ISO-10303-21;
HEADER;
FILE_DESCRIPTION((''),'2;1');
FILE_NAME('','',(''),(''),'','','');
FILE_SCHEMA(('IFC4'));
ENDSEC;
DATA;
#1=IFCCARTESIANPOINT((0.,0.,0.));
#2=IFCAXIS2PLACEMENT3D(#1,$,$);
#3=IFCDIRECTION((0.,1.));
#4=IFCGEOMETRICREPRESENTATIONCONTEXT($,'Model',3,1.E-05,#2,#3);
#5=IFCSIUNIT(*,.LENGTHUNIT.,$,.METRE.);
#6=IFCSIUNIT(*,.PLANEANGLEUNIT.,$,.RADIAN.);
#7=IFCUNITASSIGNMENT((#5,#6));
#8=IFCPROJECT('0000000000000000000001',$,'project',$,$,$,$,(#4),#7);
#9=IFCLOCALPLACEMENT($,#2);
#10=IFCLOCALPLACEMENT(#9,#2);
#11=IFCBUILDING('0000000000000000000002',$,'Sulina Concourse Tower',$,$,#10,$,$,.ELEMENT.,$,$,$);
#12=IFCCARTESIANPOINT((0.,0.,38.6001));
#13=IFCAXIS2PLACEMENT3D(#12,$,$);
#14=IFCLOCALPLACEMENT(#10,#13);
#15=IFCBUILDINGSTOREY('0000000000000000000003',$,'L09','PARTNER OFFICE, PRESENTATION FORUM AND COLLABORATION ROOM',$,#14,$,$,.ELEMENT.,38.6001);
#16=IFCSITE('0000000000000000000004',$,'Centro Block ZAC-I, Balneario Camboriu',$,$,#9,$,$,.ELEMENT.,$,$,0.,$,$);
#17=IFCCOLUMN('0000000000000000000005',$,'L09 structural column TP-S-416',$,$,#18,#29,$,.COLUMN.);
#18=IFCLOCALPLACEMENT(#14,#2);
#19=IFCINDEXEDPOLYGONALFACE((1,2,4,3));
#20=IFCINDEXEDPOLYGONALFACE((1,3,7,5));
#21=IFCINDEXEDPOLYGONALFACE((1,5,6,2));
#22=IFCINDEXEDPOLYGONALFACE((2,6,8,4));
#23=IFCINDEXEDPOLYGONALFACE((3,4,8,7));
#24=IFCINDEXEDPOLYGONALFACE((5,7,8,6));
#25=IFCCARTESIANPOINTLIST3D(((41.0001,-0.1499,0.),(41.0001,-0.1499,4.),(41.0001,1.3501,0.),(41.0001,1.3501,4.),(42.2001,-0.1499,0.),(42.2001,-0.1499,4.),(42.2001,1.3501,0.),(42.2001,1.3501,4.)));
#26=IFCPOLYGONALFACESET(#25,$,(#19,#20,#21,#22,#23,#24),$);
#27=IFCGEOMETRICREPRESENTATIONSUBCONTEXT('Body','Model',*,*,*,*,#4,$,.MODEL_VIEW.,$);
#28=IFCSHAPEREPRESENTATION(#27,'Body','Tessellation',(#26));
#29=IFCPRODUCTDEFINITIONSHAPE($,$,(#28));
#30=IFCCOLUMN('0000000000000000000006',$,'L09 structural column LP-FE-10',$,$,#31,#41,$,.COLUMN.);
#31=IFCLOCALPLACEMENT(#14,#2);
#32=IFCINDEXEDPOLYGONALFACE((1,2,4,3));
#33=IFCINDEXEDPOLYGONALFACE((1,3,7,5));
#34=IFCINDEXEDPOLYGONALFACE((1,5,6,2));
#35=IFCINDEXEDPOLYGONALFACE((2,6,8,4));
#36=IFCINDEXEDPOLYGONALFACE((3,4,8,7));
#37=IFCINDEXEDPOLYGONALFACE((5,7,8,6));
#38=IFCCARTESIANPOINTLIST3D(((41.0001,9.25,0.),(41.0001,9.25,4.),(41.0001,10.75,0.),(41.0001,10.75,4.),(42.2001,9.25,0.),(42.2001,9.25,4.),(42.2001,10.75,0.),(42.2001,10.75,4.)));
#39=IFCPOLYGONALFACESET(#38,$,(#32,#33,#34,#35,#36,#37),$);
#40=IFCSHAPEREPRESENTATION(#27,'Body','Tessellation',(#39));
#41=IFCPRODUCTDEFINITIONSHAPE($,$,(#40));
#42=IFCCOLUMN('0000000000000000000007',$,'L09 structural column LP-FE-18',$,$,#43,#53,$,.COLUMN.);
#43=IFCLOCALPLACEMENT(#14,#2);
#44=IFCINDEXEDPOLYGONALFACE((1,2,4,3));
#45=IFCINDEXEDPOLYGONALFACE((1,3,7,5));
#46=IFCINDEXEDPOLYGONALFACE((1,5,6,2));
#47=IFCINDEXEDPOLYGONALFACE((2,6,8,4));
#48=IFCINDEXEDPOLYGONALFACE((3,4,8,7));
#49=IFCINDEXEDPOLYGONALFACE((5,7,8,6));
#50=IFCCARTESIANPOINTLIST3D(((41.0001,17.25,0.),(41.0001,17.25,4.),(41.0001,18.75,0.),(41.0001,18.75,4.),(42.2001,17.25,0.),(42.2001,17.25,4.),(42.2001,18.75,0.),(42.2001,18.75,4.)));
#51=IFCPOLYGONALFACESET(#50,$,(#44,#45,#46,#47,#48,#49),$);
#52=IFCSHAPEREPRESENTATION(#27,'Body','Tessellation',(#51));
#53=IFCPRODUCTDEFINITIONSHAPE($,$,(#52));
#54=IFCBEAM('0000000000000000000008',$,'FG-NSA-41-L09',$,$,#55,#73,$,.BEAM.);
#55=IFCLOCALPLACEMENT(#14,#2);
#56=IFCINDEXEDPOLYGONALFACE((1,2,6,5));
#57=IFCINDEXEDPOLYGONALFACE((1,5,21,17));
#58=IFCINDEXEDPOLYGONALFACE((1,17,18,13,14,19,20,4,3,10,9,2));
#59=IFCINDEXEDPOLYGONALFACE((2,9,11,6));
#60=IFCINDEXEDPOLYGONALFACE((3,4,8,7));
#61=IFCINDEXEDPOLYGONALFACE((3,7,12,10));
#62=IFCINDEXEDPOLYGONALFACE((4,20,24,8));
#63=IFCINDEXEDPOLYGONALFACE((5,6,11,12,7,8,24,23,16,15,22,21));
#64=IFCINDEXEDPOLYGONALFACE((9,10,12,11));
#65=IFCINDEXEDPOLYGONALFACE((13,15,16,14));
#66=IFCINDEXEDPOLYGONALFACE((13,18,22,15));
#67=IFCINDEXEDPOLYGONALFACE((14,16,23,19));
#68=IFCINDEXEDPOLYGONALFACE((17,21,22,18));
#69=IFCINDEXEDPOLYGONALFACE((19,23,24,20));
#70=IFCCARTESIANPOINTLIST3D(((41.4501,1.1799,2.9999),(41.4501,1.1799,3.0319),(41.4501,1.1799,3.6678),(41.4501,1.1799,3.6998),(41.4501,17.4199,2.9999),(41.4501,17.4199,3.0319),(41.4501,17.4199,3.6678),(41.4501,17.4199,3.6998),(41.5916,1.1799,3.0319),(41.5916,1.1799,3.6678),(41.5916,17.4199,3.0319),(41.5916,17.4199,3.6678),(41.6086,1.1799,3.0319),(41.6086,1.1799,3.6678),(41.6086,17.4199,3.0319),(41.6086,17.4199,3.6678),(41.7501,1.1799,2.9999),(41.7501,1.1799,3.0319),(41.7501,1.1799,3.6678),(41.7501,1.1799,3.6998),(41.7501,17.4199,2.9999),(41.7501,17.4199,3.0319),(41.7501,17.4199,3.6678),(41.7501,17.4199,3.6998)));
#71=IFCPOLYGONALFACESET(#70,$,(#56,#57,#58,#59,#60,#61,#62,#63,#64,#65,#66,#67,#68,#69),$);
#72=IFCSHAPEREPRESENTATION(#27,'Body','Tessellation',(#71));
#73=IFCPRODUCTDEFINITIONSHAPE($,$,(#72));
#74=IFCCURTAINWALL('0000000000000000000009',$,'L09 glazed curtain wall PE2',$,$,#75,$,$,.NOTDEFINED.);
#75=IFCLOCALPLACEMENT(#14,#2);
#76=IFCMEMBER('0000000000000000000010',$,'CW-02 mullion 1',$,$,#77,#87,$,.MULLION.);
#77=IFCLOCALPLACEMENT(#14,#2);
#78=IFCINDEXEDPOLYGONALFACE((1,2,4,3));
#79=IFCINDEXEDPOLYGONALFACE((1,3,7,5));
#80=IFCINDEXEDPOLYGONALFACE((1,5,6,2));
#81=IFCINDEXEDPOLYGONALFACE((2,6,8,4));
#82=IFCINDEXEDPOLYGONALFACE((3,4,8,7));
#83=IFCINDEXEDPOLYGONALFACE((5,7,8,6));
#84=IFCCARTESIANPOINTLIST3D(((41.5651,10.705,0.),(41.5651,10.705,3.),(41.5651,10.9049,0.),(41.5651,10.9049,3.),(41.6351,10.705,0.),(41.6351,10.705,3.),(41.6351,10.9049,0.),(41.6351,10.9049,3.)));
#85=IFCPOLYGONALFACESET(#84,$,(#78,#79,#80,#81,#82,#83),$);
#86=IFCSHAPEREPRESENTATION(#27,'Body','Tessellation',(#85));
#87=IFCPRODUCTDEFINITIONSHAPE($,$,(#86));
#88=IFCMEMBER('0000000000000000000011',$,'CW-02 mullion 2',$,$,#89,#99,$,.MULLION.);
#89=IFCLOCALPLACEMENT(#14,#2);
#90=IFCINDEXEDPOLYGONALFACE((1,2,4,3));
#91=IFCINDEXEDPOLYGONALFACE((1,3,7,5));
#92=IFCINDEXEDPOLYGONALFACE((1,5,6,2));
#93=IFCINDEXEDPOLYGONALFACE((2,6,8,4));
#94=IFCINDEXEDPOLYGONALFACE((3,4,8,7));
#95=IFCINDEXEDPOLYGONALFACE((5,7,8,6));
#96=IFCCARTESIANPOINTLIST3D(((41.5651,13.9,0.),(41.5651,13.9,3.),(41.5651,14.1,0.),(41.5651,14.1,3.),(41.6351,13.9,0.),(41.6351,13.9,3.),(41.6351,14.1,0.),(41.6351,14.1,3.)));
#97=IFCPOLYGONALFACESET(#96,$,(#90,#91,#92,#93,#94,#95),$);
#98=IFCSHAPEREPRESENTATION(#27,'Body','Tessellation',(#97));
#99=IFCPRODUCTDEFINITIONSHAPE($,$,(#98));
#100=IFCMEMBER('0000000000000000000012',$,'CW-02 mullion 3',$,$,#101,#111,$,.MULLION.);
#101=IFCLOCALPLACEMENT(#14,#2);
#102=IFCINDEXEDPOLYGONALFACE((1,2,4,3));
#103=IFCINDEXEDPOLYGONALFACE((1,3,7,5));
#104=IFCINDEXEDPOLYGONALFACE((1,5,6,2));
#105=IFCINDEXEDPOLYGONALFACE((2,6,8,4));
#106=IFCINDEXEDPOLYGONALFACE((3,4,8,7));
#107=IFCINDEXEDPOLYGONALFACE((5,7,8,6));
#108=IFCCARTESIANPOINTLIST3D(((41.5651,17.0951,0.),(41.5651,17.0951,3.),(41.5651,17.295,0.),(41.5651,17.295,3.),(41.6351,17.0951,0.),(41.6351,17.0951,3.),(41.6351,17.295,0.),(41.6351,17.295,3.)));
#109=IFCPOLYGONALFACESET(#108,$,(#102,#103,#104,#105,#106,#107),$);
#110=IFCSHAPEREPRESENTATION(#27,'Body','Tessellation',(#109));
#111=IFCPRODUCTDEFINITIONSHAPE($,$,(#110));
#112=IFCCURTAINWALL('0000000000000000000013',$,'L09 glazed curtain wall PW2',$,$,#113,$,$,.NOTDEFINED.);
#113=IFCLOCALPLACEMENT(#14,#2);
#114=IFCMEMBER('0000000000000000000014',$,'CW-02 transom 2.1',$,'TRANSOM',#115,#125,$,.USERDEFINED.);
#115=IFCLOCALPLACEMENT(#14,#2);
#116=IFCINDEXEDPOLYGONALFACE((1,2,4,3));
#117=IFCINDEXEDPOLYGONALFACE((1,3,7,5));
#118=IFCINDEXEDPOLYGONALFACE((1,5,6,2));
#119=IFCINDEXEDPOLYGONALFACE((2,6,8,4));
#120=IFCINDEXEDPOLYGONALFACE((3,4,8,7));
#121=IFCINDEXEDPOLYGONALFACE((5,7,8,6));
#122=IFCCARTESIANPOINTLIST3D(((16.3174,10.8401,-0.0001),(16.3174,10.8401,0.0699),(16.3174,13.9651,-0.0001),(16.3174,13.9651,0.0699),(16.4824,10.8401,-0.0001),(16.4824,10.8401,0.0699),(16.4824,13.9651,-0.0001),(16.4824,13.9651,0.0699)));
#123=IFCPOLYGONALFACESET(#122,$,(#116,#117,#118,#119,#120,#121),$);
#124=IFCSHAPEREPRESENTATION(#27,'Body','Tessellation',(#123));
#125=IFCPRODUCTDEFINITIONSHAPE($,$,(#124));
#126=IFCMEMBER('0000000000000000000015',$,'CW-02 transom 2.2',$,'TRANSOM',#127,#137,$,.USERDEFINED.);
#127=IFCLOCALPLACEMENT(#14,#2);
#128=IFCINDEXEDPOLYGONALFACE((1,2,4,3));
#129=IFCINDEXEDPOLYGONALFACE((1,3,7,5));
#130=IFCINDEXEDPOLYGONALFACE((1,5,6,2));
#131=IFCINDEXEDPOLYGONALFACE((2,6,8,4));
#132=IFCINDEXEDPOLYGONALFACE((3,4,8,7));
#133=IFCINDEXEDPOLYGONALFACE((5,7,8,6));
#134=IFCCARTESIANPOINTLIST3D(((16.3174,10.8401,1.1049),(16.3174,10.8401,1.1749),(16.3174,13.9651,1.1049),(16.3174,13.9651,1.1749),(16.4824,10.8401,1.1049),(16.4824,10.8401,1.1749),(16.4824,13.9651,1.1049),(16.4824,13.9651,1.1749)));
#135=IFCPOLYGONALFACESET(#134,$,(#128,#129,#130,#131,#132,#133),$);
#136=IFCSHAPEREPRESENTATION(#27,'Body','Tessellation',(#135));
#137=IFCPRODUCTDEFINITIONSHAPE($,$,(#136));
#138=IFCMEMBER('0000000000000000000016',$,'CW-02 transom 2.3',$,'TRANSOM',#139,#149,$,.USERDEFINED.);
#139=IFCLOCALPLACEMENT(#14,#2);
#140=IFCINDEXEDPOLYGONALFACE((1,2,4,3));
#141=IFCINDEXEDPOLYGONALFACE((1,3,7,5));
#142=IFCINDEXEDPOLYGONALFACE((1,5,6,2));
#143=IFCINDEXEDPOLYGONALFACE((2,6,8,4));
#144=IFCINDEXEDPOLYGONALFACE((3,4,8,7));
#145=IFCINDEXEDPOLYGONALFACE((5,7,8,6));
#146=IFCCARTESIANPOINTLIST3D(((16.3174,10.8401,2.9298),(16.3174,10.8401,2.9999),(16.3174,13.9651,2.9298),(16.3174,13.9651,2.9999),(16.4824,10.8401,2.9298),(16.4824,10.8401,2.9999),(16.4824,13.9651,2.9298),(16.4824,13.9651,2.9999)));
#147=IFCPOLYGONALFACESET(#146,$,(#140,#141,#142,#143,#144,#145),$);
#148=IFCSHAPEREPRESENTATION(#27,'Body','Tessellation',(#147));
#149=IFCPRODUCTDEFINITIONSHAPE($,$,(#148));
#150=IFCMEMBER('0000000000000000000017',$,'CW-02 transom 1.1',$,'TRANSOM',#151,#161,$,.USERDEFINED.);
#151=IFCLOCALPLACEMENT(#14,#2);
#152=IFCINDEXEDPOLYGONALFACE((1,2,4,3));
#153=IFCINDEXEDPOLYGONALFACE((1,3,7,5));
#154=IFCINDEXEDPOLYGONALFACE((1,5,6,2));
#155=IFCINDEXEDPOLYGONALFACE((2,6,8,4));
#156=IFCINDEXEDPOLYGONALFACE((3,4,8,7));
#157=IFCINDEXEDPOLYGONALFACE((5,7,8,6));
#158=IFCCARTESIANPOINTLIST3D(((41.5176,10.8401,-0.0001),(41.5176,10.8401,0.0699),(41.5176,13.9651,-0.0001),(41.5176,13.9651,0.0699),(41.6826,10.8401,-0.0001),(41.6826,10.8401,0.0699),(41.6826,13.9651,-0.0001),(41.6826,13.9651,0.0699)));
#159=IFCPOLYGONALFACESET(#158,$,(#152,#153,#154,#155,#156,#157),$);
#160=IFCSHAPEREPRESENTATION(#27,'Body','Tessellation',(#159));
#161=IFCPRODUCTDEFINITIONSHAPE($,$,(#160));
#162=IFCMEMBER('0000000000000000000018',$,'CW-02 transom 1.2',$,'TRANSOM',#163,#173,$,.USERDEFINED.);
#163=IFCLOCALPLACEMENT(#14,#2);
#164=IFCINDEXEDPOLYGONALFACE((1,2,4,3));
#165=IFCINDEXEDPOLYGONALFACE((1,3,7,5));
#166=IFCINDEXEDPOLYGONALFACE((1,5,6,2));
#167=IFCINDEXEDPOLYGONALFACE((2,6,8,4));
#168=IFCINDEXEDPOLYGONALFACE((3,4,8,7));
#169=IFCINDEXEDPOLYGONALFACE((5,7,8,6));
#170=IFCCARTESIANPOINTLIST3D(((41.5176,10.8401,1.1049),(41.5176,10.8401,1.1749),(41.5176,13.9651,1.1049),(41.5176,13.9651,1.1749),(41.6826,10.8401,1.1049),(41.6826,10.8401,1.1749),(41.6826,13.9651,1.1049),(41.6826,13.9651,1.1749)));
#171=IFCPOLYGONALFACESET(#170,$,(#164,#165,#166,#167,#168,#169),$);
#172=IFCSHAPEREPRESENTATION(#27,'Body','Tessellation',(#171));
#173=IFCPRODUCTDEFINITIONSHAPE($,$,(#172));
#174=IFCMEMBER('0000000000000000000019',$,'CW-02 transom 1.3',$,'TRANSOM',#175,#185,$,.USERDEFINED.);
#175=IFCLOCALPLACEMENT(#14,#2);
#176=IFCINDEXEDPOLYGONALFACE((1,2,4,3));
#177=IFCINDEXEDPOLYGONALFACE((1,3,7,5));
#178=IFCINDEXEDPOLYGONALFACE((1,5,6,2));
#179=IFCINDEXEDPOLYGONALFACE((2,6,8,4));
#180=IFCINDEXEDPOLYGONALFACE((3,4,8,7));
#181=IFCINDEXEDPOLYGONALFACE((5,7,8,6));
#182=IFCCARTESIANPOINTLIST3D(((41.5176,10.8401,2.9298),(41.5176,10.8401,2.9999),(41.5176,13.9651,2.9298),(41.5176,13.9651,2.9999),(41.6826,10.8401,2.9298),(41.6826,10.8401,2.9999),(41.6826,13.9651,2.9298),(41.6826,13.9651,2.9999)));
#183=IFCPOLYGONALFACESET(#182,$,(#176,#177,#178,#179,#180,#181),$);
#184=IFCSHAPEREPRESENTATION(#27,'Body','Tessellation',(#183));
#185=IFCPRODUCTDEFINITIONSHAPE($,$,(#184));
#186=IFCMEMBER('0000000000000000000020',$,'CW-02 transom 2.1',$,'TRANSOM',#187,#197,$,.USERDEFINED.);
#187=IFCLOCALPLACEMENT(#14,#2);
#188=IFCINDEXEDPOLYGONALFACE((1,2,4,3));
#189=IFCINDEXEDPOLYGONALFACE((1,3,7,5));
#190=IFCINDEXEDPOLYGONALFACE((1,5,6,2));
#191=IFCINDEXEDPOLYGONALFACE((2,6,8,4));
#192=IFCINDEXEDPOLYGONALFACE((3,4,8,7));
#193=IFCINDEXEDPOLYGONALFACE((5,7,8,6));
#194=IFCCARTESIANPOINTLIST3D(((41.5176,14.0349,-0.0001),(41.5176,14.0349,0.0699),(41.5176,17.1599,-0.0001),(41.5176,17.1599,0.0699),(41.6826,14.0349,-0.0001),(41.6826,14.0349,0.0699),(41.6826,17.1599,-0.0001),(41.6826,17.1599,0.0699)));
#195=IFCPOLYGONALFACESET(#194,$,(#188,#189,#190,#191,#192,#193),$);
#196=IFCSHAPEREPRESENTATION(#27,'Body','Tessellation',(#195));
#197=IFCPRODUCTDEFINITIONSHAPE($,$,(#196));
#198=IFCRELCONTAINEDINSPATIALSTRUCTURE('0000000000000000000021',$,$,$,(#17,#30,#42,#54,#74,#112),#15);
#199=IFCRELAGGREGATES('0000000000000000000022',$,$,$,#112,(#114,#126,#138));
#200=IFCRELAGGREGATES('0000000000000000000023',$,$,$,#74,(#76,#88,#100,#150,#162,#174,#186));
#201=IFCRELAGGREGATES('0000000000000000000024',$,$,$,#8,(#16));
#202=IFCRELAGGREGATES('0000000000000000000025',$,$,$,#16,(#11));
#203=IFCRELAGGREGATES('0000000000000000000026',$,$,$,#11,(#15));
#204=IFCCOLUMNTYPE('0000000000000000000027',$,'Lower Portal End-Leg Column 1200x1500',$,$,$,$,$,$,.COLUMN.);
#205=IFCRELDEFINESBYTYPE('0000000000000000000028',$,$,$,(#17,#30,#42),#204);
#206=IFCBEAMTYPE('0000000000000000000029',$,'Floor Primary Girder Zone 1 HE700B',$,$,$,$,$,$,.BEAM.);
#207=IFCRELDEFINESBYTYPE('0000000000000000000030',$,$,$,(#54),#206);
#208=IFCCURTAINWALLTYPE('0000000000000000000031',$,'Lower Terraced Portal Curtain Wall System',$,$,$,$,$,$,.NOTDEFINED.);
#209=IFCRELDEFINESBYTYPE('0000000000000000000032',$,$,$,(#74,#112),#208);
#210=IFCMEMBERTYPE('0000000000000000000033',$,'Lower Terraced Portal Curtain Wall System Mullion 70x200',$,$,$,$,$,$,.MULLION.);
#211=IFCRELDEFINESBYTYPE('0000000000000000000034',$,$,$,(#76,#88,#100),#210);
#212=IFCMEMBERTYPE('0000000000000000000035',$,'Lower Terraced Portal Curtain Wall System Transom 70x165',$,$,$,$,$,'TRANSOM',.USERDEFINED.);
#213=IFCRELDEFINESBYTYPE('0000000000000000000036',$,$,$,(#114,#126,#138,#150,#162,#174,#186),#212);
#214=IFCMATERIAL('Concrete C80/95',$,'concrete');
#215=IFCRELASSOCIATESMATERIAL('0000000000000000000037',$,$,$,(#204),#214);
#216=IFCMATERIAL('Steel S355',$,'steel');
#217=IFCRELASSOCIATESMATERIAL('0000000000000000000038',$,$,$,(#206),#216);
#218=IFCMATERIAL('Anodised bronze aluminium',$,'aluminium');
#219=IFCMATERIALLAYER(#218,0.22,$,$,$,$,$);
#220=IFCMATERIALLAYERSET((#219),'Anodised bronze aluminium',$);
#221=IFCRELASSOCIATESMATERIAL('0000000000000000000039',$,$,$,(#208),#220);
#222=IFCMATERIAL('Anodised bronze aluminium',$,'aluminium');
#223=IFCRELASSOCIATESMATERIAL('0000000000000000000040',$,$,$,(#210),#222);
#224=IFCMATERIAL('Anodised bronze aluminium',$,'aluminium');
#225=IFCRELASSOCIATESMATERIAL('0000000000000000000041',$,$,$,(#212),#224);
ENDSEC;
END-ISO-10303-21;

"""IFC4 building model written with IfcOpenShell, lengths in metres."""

from ifc_helpers import new_model, si_unit, direction, frame, origin, origin_2d, place, context, subcontext, project, spatial, rectangle, i_section, extrude, material, layer, layer_set, material_profile, profile_set, type_object, element, aggregate, save


model = new_model("IFC4")

# Units and contexts
model_context = context("Model", 3, precision=1e-05, world=origin(), true_north=direction((0.0, 1.0)))
body_context = subcontext(model_context, "Body", "Model", "MODEL_VIEW")
ifc_project = project(units=[si_unit("LENGTHUNIT", "METRE"), si_unit("PLANEANGLEUNIT", "RADIAN")], contexts=[model_context])

# Site, building, storey
site_placement = place(None, origin())
site = spatial("IfcSite", under=ifc_project, at=site_placement, Name="Centro Block ZAC-I, Balneario Camboriu", CompositionType="ELEMENT", RefElevation=0.0)
building_placement = place(site_placement, origin())
building = spatial("IfcBuilding", under=site, at=building_placement, Name="Sulina Concourse Tower", CompositionType="ELEMENT")
storey_placement = place(building_placement, frame((0.0, 0.0, 38.6001)))
storey = spatial("IfcBuildingStorey", under=building, at=storey_placement, Name="L09", Description="PARTNER OFFICE, PRESENTATION FORUM AND COLLABORATION ROOM", CompositionType="ELEMENT", Elevation=38.6001)

# Columns
ifc_material_1 = material(Name="Concrete C80/95", Category="concrete")
ifc_material_profile_1 = material_profile(ifc_material_1, rectangle(XDim=1.2, YDim=1.5, at=origin_2d()), Name="RC 1200x1500")
ifc_profile_set_1 = profile_set([ifc_material_profile_1], Name="Concrete C80/95")
column_type = type_object("IfcColumnType", Name="Lower Portal End-Leg Column 1200x1500", PredefinedType="COLUMN", material=ifc_profile_set_1)
for number, where, z_axis, x_axis, name in (
    (1, (41.6001, 0.6001, 0.0), (0.0, 0.0, 1.0), (1.0, 0.0, 0.0), "L09 structural column TP-S-416"),
    (2, (41.6001, 10.0, 0.0), (0.0, 0.0, 1.0), (1.0, 0.0, 0.0), "L09 structural column LP-FE-10"),
    (3, (41.6001, 18.0, 0.0), (0.0, 0.0, 1.0), (1.0, 0.0, 0.0), "L09 structural column LP-FE-18"),
):
    element("IfcColumn", number, at=place(storey_placement, frame(where, z_axis=z_axis, x_axis=x_axis)), inside=storey, type_object=column_type, Name=name, PredefinedType="COLUMN", context=body_context, shape_type="SweptSolid", body=[
        extrude(rectangle(XDim=1.2, YDim=1.5, at=origin_2d()), origin(), (0.0, 0.0, 1.0), 4.0),
    ])

# Beam
ifc_material_2 = material(Name="Steel S355", Category="steel")
ifc_material_profile_2 = material_profile(ifc_material_2, i_section(OverallWidth=0.3, OverallDepth=0.7, WebThickness=0.0171, FlangeThickness=0.032, at=origin_2d()), Name="HE 700 B")
ifc_profile_set_2 = profile_set([ifc_material_profile_2], Name="Steel S355")
beam_type = type_object("IfcBeamType", Name="Floor Primary Girder Zone 1 HE700B", PredefinedType="BEAM", material=ifc_profile_set_2)
beam_placement = place(storey_placement, frame((41.6001, 1.1799, 3.3499), z_axis=(0.0, 1.0, 0.0), x_axis=(-1.0, 0.0, 0.0)))
element("IfcBeam", 4, at=beam_placement, inside=storey, type_object=beam_type, Name="FG-NSA-41-L09", PredefinedType="BEAM", context=body_context, shape_type="SweptSolid", body=[
    extrude(i_section(OverallWidth=0.3, OverallDepth=0.7, WebThickness=0.0171, FlangeThickness=0.032, at=origin_2d()), origin(), (0.0, 0.0, 1.0), 16.24),
])

# Curtain walls, members
ifc_material_3 = material(Name="Anodised bronze aluminium", Category="aluminium")
ifc_layer_1 = layer(ifc_material_3, 0.22)
ifc_layer_set_1 = layer_set([ifc_layer_1], Name="Anodised bronze aluminium")
curtain_wall_type = type_object("IfcCurtainWallType", Name="Lower Terraced Portal Curtain Wall System", PredefinedType="NOTDEFINED", material=ifc_layer_set_1)
curtain_wall_1_placement = place(storey_placement, origin())
curtain_wall_1 = element("IfcCurtainWall", 5, at=curtain_wall_1_placement, inside=storey, type_object=curtain_wall_type, Name="L09 glazed curtain wall PE2", PredefinedType="NOTDEFINED")
ifc_material_4 = material(Name="Anodised bronze aluminium", Category="aluminium")
ifc_material_profile_3 = material_profile(ifc_material_4, rectangle(XDim=0.0701, YDim=0.2, at=origin_2d()), Name="MUL 70x200")
ifc_profile_set_3 = profile_set([ifc_material_profile_3], Name="Anodised bronze aluminium")
member_type_1 = type_object("IfcMemberType", Name="Lower Terraced Portal Curtain Wall System Mullion 70x200", PredefinedType="MULLION", material=ifc_profile_set_3)
member_1_placement = place(storey_placement, frame((41.6001, 10.8049, 0.0), z_axis=(0.0, 0.0, 1.0), x_axis=(-1.0, 0.0, 0.0)))
member_1 = element("IfcMember", 6, at=member_1_placement, type_object=member_type_1, Name="CW-02 mullion 1", PredefinedType="MULLION", context=body_context, shape_type="SweptSolid", body=[
    extrude(rectangle(XDim=0.0701, YDim=0.2, at=origin_2d()), origin(), (0.0, 0.0, 1.0), 3.0),
])
member_2_placement = place(storey_placement, frame((41.6001, 14.0, 0.0), z_axis=(0.0, 0.0, 1.0), x_axis=(-1.0, 0.0, 0.0)))
member_2 = element("IfcMember", 7, at=member_2_placement, type_object=member_type_1, Name="CW-02 mullion 2", PredefinedType="MULLION", context=body_context, shape_type="SweptSolid", body=[
    extrude(rectangle(XDim=0.0701, YDim=0.2, at=origin_2d()), origin(), (0.0, 0.0, 1.0), 3.0),
])
member_3_placement = place(storey_placement, frame((41.6001, 17.1951, 0.0), z_axis=(0.0, 0.0, 1.0), x_axis=(-1.0, 0.0, 0.0)))
member_3 = element("IfcMember", 8, at=member_3_placement, type_object=member_type_1, Name="CW-02 mullion 3", PredefinedType="MULLION", context=body_context, shape_type="SweptSolid", body=[
    extrude(rectangle(XDim=0.0701, YDim=0.2, at=origin_2d()), origin(), (0.0, 0.0, 1.0), 3.0),
])
curtain_wall_2_placement = place(storey_placement, origin())
curtain_wall_2 = element("IfcCurtainWall", 9, at=curtain_wall_2_placement, inside=storey, type_object=curtain_wall_type, Name="L09 glazed curtain wall PW2", PredefinedType="NOTDEFINED")
ifc_material_5 = material(Name="Anodised bronze aluminium", Category="aluminium")
ifc_material_profile_4 = material_profile(ifc_material_5, rectangle(XDim=0.165, YDim=0.0701, at=origin_2d()), Name="TRN 70x165")
ifc_profile_set_4 = profile_set([ifc_material_profile_4], Name="Anodised bronze aluminium")
member_type_2 = type_object("IfcMemberType", Name="Lower Terraced Portal Curtain Wall System Transom 70x165", ElementType="TRANSOM", PredefinedType="USERDEFINED", material=ifc_profile_set_4)
member_4_placement = place(storey_placement, frame((16.3999, 13.9651, 0.0349), z_axis=(0.0, -1.0, 0.0), x_axis=(1.0, 0.0, 0.0)))
member_4 = element("IfcMember", 10, at=member_4_placement, type_object=member_type_2, Name="CW-02 transom 2.1", ObjectType="TRANSOM", PredefinedType="USERDEFINED", context=body_context, shape_type="SweptSolid", body=[
    extrude(rectangle(XDim=0.165, YDim=0.0701, at=origin_2d()), origin(), (0.0, 0.0, 1.0), 3.125),
])
member_5_placement = place(storey_placement, frame((16.3999, 13.9651, 1.1399), z_axis=(0.0, -1.0, 0.0), x_axis=(1.0, 0.0, 0.0)))
member_5 = element("IfcMember", 11, at=member_5_placement, type_object=member_type_2, Name="CW-02 transom 2.2", ObjectType="TRANSOM", PredefinedType="USERDEFINED", context=body_context, shape_type="SweptSolid", body=[
    extrude(rectangle(XDim=0.165, YDim=0.0701, at=origin_2d()), origin(), (0.0, 0.0, 1.0), 3.125),
])
member_6_placement = place(storey_placement, frame((16.3999, 13.9651, 2.9648), z_axis=(0.0, -1.0, 0.0), x_axis=(1.0, 0.0, 0.0)))
member_6 = element("IfcMember", 12, at=member_6_placement, type_object=member_type_2, Name="CW-02 transom 2.3", ObjectType="TRANSOM", PredefinedType="USERDEFINED", context=body_context, shape_type="SweptSolid", body=[
    extrude(rectangle(XDim=0.165, YDim=0.0701, at=origin_2d()), origin(), (0.0, 0.0, 1.0), 3.125),
])

# Members
member_7_placement = place(storey_placement, frame((41.6001, 10.8401, 0.0349), z_axis=(0.0, 1.0, 0.0), x_axis=(-1.0, 0.0, 0.0)))
member_7 = element("IfcMember", 13, at=member_7_placement, type_object=member_type_2, Name="CW-02 transom 1.1", ObjectType="TRANSOM", PredefinedType="USERDEFINED", context=body_context, shape_type="SweptSolid", body=[
    extrude(rectangle(XDim=0.165, YDim=0.0701, at=origin_2d()), origin(), (0.0, 0.0, 1.0), 3.125),
])
member_8_placement = place(storey_placement, frame((41.6001, 10.8401, 1.1399), z_axis=(0.0, 1.0, 0.0), x_axis=(-1.0, 0.0, 0.0)))
member_8 = element("IfcMember", 14, at=member_8_placement, type_object=member_type_2, Name="CW-02 transom 1.2", ObjectType="TRANSOM", PredefinedType="USERDEFINED", context=body_context, shape_type="SweptSolid", body=[
    extrude(rectangle(XDim=0.165, YDim=0.0701, at=origin_2d()), origin(), (0.0, 0.0, 1.0), 3.125),
])
member_9_placement = place(storey_placement, frame((41.6001, 10.8401, 2.9648), z_axis=(0.0, 1.0, 0.0), x_axis=(-1.0, 0.0, 0.0)))
member_9 = element("IfcMember", 15, at=member_9_placement, type_object=member_type_2, Name="CW-02 transom 1.3", ObjectType="TRANSOM", PredefinedType="USERDEFINED", context=body_context, shape_type="SweptSolid", body=[
    extrude(rectangle(XDim=0.165, YDim=0.0701, at=origin_2d()), origin(), (0.0, 0.0, 1.0), 3.125),
])
member_10_placement = place(storey_placement, frame((41.6001, 14.0349, 0.0349), z_axis=(0.0, 1.0, 0.0), x_axis=(-1.0, 0.0, 0.0)))
member_10 = element("IfcMember", 16, at=member_10_placement, type_object=member_type_2, Name="CW-02 transom 2.1", ObjectType="TRANSOM", PredefinedType="USERDEFINED", context=body_context, shape_type="SweptSolid", body=[
    extrude(rectangle(XDim=0.165, YDim=0.0701, at=origin_2d()), origin(), (0.0, 0.0, 1.0), 3.125),
])

aggregate(curtain_wall_2, [member_4, member_5, member_6])
aggregate(curtain_wall_1, [member_1, member_2, member_3, member_7, member_8, member_9, member_10])

save(model, "model.ifc")
